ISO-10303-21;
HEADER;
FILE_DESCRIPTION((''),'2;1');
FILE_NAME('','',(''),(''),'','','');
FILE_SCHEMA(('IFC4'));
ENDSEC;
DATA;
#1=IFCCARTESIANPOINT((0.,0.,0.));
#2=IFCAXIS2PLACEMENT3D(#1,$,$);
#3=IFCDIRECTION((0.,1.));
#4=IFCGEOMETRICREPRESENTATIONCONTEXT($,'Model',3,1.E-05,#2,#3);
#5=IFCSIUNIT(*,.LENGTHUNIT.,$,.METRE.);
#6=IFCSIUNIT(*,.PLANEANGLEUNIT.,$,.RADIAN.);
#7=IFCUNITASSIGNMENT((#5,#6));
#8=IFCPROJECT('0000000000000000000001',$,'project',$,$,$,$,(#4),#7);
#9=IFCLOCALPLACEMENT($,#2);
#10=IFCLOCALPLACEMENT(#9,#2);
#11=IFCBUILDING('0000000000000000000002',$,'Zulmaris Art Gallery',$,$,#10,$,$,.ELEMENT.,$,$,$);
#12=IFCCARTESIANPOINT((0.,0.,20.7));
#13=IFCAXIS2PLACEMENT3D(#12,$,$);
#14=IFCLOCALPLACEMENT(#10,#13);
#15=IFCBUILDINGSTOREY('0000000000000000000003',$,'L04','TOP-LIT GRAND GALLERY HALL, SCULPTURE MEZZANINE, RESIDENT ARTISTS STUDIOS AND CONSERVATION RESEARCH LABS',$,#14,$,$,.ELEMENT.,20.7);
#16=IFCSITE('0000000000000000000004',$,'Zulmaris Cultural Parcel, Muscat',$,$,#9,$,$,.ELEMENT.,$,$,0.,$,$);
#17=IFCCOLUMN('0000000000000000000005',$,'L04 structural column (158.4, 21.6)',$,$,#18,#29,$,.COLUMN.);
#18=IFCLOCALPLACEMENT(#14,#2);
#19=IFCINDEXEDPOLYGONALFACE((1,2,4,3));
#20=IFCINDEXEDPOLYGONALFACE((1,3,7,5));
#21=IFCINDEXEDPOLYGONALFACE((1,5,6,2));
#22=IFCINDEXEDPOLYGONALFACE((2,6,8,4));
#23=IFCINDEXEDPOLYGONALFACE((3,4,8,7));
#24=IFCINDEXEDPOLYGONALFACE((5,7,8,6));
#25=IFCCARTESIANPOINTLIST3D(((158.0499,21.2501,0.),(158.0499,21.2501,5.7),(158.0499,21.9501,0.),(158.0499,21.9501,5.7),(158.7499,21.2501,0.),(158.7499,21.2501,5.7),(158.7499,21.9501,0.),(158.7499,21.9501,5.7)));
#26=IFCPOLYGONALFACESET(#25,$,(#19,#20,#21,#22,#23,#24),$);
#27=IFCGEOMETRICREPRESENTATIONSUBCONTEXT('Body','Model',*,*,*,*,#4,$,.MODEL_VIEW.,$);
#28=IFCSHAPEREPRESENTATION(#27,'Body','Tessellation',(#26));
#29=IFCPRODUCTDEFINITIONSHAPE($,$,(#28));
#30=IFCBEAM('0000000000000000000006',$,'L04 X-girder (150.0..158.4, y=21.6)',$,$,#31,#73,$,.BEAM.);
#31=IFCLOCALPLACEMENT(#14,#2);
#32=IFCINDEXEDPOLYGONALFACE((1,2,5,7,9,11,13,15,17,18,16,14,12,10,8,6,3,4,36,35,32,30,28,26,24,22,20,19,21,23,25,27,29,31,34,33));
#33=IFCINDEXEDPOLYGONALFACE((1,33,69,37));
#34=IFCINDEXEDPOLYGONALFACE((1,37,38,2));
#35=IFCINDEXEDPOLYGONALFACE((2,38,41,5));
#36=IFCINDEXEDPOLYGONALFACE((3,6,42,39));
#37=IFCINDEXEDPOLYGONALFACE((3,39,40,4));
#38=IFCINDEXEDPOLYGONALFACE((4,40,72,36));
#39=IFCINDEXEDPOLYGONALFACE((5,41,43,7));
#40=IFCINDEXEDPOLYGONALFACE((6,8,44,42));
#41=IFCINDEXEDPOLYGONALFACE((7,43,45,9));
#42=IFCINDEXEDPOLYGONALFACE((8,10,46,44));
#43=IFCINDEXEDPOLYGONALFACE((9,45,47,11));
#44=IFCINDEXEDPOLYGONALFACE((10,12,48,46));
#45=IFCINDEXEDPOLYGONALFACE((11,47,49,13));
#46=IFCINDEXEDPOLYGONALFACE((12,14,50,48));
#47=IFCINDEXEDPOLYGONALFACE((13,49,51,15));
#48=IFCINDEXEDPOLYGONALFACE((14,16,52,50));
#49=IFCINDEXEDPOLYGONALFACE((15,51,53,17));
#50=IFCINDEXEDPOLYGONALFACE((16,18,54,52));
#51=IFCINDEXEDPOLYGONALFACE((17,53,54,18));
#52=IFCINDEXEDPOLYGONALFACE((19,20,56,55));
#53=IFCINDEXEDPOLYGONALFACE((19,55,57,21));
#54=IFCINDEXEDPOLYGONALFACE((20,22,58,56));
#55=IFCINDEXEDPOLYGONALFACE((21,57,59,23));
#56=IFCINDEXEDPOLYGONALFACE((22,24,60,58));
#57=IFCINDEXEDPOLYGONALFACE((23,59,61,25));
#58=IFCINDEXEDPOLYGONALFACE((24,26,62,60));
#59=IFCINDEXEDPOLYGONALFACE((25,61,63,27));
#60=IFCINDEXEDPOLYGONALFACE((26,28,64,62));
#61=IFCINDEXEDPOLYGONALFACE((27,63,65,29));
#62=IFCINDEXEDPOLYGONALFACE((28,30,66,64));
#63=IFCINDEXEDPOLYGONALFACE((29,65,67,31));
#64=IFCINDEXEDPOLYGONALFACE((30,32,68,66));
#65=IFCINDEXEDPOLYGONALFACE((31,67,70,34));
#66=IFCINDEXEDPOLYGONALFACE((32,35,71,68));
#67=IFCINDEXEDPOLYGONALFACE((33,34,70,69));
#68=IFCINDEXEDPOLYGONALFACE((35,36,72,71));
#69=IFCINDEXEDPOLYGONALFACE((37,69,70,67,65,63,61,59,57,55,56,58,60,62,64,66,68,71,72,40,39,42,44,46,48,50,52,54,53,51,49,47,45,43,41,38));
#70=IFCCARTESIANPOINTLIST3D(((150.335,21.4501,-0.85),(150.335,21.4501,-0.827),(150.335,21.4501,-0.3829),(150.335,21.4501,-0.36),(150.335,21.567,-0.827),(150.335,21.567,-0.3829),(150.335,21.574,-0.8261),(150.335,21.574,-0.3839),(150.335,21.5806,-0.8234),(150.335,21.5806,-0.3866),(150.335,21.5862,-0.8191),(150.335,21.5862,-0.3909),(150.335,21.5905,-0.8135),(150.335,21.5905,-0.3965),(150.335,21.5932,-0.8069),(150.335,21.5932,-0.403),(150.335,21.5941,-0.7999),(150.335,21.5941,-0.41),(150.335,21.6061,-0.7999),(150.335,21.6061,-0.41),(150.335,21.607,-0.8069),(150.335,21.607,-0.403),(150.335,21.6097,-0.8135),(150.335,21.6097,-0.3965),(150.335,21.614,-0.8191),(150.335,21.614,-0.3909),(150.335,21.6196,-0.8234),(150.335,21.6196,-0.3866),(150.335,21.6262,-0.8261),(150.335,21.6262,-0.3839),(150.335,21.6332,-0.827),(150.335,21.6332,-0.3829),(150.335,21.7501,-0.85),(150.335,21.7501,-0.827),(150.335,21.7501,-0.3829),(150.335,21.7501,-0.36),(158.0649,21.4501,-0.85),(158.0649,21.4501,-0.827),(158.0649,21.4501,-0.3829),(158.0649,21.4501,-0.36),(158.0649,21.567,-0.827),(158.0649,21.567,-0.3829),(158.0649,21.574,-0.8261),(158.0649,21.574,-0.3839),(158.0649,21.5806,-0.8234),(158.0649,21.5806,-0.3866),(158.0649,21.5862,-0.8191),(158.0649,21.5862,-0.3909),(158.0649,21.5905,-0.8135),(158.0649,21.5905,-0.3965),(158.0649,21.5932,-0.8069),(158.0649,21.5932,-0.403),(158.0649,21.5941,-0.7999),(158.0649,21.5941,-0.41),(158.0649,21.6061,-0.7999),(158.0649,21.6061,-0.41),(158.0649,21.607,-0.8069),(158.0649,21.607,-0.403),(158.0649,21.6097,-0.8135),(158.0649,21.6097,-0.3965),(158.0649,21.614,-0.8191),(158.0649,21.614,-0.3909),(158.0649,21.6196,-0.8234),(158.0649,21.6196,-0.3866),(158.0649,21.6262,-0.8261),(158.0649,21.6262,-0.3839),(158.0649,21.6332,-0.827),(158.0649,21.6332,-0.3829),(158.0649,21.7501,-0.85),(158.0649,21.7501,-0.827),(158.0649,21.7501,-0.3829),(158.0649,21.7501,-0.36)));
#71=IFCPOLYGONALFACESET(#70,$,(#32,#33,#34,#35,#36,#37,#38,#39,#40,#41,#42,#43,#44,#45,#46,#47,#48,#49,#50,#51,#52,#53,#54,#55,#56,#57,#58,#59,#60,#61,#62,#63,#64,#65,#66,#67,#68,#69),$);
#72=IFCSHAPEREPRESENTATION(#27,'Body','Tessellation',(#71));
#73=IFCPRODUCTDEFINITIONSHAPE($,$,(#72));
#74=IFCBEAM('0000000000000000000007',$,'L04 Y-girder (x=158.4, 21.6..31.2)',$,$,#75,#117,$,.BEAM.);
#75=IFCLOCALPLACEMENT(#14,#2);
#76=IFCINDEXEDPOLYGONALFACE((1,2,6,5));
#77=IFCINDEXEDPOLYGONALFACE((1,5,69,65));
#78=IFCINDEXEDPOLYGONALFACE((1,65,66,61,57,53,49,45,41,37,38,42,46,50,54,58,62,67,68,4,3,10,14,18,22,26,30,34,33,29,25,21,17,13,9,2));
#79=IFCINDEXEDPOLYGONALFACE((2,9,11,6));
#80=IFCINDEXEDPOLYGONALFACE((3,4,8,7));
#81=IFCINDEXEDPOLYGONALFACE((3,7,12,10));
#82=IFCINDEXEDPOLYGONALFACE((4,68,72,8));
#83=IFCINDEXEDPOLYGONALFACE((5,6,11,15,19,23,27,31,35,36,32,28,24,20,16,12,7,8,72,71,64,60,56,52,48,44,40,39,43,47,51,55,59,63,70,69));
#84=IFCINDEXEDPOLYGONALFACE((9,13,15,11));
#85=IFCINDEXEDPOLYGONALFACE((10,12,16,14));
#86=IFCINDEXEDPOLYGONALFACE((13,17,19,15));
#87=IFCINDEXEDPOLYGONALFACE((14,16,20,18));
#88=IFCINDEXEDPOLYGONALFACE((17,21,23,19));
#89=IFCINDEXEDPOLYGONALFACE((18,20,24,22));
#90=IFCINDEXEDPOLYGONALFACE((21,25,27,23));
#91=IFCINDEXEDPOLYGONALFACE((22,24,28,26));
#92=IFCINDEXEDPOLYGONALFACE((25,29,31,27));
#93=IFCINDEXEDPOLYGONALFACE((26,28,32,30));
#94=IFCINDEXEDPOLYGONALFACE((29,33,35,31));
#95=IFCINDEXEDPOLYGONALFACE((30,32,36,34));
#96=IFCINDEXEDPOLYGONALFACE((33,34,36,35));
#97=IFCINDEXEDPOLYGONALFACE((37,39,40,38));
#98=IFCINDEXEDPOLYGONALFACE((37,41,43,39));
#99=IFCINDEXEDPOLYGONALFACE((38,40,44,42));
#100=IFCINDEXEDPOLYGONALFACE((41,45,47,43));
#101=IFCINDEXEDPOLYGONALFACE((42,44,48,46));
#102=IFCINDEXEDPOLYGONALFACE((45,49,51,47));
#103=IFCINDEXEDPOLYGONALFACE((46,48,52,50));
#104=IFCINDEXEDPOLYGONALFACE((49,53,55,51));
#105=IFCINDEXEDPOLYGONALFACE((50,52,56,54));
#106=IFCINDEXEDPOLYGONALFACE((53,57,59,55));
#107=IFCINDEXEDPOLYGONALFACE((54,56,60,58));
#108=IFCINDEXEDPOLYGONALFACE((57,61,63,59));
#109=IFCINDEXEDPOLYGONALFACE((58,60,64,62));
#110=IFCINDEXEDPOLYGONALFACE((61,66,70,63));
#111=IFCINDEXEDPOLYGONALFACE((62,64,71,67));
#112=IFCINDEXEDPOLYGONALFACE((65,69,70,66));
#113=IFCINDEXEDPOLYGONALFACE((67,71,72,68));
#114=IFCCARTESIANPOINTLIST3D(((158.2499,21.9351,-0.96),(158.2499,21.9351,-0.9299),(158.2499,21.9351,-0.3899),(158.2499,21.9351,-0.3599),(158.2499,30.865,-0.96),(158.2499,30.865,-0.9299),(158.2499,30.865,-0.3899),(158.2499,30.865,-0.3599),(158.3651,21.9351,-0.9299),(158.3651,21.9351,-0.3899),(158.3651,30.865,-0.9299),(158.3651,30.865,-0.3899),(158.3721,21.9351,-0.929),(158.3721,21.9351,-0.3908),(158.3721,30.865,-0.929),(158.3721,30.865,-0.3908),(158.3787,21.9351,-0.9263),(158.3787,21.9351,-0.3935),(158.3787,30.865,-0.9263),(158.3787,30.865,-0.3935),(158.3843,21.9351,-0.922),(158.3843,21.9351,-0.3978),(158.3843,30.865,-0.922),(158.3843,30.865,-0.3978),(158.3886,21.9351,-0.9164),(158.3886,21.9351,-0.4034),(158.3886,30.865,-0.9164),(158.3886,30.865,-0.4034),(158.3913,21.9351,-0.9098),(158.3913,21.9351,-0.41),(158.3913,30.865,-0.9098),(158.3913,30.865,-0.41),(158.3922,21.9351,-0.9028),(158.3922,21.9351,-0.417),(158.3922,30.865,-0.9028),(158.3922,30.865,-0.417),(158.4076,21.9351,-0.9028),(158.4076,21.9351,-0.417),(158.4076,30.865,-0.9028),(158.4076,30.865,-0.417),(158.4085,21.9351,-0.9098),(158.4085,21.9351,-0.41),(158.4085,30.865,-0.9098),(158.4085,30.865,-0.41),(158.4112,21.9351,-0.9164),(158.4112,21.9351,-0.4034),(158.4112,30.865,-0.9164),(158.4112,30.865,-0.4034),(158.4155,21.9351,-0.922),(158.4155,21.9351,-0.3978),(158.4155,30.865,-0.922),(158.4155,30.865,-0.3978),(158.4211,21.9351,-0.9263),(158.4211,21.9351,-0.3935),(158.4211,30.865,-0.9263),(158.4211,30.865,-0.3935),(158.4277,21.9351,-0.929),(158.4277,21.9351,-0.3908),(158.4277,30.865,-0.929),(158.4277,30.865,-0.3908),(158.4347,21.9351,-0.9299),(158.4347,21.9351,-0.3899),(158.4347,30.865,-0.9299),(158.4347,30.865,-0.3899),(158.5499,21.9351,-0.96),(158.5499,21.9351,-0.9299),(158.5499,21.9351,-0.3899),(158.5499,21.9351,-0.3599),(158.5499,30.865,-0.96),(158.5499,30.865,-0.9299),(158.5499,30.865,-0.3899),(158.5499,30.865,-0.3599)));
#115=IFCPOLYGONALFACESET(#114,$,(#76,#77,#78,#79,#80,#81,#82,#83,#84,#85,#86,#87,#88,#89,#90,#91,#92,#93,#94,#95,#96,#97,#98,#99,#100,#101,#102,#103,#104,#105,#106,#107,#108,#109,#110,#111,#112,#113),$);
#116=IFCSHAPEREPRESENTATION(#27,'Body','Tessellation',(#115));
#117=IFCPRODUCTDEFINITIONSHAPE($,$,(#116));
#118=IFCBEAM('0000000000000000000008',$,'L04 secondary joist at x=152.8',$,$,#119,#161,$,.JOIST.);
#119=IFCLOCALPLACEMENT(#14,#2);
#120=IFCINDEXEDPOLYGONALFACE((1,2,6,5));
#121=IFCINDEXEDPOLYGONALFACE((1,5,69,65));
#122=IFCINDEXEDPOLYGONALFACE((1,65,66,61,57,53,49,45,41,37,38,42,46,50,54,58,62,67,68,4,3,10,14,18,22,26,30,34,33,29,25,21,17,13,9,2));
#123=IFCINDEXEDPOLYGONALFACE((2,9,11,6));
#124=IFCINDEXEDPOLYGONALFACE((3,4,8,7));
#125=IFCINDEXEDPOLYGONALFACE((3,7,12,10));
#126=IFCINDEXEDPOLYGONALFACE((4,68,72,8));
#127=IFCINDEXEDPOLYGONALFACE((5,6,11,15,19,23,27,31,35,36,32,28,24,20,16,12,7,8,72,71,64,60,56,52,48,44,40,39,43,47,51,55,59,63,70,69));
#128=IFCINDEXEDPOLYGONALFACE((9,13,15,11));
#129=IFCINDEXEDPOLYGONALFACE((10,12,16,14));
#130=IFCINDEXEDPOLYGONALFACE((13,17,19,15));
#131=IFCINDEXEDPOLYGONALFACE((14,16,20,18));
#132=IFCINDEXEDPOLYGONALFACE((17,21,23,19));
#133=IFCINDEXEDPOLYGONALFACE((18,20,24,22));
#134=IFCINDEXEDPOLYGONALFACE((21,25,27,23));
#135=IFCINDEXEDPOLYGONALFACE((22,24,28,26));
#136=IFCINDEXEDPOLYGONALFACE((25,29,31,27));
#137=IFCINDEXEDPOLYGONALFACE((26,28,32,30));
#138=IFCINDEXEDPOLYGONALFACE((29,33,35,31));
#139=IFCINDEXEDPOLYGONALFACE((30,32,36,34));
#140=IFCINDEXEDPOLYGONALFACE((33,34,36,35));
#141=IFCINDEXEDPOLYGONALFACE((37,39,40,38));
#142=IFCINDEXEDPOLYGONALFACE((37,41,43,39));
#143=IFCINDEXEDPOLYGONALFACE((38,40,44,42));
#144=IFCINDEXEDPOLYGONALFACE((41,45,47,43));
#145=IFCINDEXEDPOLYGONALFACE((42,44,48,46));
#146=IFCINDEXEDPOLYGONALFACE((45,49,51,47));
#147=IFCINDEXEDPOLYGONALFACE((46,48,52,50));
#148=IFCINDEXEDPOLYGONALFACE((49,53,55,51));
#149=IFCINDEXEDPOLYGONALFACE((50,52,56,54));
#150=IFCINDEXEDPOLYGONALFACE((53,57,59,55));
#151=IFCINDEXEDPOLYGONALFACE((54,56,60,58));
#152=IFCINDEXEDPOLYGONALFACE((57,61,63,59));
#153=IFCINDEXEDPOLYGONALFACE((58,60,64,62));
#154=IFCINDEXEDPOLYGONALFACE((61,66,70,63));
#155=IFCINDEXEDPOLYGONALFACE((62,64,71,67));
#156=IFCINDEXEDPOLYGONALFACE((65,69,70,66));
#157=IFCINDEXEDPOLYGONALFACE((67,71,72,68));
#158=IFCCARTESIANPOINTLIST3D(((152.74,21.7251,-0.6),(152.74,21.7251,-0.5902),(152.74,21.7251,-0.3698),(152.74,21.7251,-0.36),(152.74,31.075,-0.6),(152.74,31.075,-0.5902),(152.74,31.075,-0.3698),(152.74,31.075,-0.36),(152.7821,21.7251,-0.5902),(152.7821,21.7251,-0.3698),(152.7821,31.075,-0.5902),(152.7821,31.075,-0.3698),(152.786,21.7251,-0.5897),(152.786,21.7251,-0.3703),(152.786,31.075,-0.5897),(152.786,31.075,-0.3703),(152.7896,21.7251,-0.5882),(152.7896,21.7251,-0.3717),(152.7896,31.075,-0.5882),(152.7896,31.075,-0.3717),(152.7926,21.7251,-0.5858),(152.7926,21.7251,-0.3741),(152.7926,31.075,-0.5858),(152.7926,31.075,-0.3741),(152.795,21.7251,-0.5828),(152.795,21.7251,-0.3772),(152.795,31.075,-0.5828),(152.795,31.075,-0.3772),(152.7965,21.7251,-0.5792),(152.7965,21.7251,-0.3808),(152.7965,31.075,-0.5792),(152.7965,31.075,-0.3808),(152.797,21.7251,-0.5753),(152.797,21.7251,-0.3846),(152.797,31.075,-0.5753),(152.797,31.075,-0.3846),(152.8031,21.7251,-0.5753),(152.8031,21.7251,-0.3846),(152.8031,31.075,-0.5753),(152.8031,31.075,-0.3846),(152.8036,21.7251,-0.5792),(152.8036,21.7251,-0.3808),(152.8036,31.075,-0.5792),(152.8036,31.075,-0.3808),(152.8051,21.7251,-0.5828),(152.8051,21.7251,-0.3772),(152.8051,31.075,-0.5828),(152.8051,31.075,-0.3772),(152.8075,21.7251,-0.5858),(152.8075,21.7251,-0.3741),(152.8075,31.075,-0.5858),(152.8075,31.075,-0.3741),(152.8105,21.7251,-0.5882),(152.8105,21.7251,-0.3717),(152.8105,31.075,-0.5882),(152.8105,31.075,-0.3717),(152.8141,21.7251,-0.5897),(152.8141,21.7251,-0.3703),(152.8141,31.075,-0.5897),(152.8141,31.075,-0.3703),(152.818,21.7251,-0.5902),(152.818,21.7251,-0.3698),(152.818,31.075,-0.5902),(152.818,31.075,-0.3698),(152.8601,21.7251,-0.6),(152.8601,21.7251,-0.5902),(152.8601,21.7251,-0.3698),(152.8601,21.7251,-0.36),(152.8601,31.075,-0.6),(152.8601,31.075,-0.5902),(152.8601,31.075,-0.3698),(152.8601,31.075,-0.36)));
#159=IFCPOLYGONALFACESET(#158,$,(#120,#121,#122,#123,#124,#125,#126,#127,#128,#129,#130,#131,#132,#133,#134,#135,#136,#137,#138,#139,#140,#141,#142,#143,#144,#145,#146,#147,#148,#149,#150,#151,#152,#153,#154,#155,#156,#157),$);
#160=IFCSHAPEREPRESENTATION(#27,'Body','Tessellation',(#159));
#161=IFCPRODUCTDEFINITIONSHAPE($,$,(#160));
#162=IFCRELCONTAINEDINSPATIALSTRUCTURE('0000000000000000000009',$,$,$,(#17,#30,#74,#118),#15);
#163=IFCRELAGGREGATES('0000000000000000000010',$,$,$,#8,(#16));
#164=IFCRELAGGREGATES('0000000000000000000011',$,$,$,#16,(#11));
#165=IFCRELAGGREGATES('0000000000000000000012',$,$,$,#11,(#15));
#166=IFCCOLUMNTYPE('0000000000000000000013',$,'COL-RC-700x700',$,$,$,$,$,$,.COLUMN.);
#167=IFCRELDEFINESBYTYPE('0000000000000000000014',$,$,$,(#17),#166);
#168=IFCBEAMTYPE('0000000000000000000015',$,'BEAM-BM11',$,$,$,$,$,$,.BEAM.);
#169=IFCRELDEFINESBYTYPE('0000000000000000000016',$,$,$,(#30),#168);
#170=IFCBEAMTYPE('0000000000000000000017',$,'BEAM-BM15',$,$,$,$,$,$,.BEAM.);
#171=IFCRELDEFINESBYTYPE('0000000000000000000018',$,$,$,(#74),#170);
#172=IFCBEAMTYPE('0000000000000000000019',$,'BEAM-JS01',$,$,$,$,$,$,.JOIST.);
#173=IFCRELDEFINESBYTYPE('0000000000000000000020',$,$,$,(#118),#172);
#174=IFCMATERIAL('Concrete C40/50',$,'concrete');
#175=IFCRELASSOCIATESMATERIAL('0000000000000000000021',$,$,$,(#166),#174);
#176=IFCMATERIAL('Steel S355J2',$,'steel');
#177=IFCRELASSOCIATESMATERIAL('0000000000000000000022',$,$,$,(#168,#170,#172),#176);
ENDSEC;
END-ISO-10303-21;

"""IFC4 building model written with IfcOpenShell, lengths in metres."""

from ifc_helpers import new_model, si_unit, direction, frame, origin, origin_2d, place, context, subcontext, project, spatial, rectangle, i_section, extrude, material, material_profile, profile_set, type_object, element, save


model = new_model("IFC4")

# Units and contexts
model_context = context("Model", 3, precision=1e-05, world=origin(), true_north=direction((0.0, 1.0)))
body_context = subcontext(model_context, "Body", "Model", "MODEL_VIEW")
ifc_project = project(units=[si_unit("LENGTHUNIT", "METRE"), si_unit("PLANEANGLEUNIT", "RADIAN")], contexts=[model_context])

# Site, building, storey
site_placement = place(None, origin())
site = spatial("IfcSite", under=ifc_project, at=site_placement, Name="Zulmaris Cultural Parcel, Muscat", CompositionType="ELEMENT", RefElevation=0.0)
building_placement = place(site_placement, origin())
building = spatial("IfcBuilding", under=site, at=building_placement, Name="Zulmaris Art Gallery", CompositionType="ELEMENT")
storey_placement = place(building_placement, frame((0.0, 0.0, 20.7)))
storey = spatial("IfcBuildingStorey", under=building, at=storey_placement, Name="L04", Description="TOP-LIT GRAND GALLERY HALL, SCULPTURE MEZZANINE, RESIDENT ARTISTS STUDIOS AND CONSERVATION RESEARCH LABS", CompositionType="ELEMENT", Elevation=20.7)

# Column
ifc_material_1 = material(Name="Concrete C40/50", Category="concrete")
ifc_material_profile_1 = material_profile(ifc_material_1, rectangle(XDim=0.7, YDim=0.7, at=origin_2d()), Name="RC 700x700")
ifc_profile_set_1 = profile_set([ifc_material_profile_1], Name="Concrete C40/50")
column_type = type_object("IfcColumnType", Name="COL-RC-700x700", PredefinedType="COLUMN", material=ifc_profile_set_1)
column_placement = place(storey_placement, frame((158.3999, 21.6001, 0.0), z_axis=(0.0, 0.0, 1.0), x_axis=(1.0, 0.0, 0.0)))
element("IfcColumn", 1, at=column_placement, inside=storey, type_object=column_type, Name="L04 structural column (158.4, 21.6)", PredefinedType="COLUMN", context=body_context, shape_type="SweptSolid", body=[
    extrude(rectangle(XDim=0.7, YDim=0.7, at=origin_2d()), origin(), (0.0, 0.0, 1.0), 5.7),
])

# Beams
ifc_material_2 = material(Name="Steel S355J2", Category="steel")
ifc_material_profile_2 = material_profile(ifc_material_2, i_section(OverallWidth=0.3, OverallDepth=0.49, WebThickness=0.012, FlangeThickness=0.0229, FilletRadius=0.0271, at=origin_2d()), Name="HEA 500")
ifc_profile_set_2 = profile_set([ifc_material_profile_2], Name="Steel S355J2")
beam_type_1 = type_object("IfcBeamType", Name="BEAM-BM11", PredefinedType="BEAM", material=ifc_profile_set_2)
beam_1_placement = place(storey_placement, frame((150.335, 21.6001, -0.605), z_axis=(1.0, 0.0, 0.0), x_axis=(0.0, 1.0, 0.0)))
element("IfcBeam", 2, at=beam_1_placement, inside=storey, type_object=beam_type_1, Name="L04 X-girder (150.0..158.4, y=21.6)", PredefinedType="BEAM", context=body_context, shape_type="SweptSolid", body=[
    extrude(i_section(OverallWidth=0.3, OverallDepth=0.49, WebThickness=0.012, FlangeThickness=0.0229, FilletRadius=0.0271, at=origin_2d()), origin(), (0.0, 0.0, 1.0), 7.73),
])
ifc_material_profile_3 = material_profile(ifc_material_2, i_section(OverallWidth=0.3, OverallDepth=0.6001, WebThickness=0.0154, FlangeThickness=0.03, FilletRadius=0.0271, at=origin_2d()), Name="HEB 600")
ifc_profile_set_3 = profile_set([ifc_material_profile_3], Name="Steel S355J2")
beam_type_2 = type_object("IfcBeamType", Name="BEAM-BM15", PredefinedType="BEAM", material=ifc_profile_set_3)
beam_2_placement = place(storey_placement, frame((158.3999, 21.9351, -0.6599), z_axis=(0.0, 1.0, 0.0), x_axis=(-1.0, 0.0, 0.0)))
element("IfcBeam", 3, at=beam_2_placement, inside=storey, type_object=beam_type_2, Name="L04 Y-girder (x=158.4, 21.6..31.2)", PredefinedType="BEAM", context=body_context, shape_type="SweptSolid", body=[
    extrude(i_section(OverallWidth=0.3, OverallDepth=0.6001, WebThickness=0.0154, FlangeThickness=0.03, FilletRadius=0.0271, at=origin_2d()), origin(), (0.0, 0.0, 1.0), 8.9299),
])
ifc_material_profile_4 = material_profile(ifc_material_2, i_section(OverallWidth=0.1201, OverallDepth=0.24, WebThickness=0.0061, FlangeThickness=0.0098, FilletRadius=0.0149, at=origin_2d()), Name="IPE 240")
ifc_profile_set_4 = profile_set([ifc_material_profile_4], Name="Steel S355J2")
beam_type_3 = type_object("IfcBeamType", Name="BEAM-JS01", PredefinedType="JOIST", material=ifc_profile_set_4)
beam_3_placement = place(storey_placement, frame((152.8, 21.7251, -0.48), z_axis=(0.0, 1.0, 0.0), x_axis=(-1.0, 0.0, 0.0)))
element("IfcBeam", 4, at=beam_3_placement, inside=storey, type_object=beam_type_3, Name="L04 secondary joist at x=152.8", PredefinedType="JOIST", context=body_context, shape_type="SweptSolid", body=[
    extrude(i_section(OverallWidth=0.1201, OverallDepth=0.24, WebThickness=0.0061, FlangeThickness=0.0098, FilletRadius=0.0149, at=origin_2d()), origin(), (0.0, 0.0, 1.0), 9.3499),
])

save(model, "model.ifc")
